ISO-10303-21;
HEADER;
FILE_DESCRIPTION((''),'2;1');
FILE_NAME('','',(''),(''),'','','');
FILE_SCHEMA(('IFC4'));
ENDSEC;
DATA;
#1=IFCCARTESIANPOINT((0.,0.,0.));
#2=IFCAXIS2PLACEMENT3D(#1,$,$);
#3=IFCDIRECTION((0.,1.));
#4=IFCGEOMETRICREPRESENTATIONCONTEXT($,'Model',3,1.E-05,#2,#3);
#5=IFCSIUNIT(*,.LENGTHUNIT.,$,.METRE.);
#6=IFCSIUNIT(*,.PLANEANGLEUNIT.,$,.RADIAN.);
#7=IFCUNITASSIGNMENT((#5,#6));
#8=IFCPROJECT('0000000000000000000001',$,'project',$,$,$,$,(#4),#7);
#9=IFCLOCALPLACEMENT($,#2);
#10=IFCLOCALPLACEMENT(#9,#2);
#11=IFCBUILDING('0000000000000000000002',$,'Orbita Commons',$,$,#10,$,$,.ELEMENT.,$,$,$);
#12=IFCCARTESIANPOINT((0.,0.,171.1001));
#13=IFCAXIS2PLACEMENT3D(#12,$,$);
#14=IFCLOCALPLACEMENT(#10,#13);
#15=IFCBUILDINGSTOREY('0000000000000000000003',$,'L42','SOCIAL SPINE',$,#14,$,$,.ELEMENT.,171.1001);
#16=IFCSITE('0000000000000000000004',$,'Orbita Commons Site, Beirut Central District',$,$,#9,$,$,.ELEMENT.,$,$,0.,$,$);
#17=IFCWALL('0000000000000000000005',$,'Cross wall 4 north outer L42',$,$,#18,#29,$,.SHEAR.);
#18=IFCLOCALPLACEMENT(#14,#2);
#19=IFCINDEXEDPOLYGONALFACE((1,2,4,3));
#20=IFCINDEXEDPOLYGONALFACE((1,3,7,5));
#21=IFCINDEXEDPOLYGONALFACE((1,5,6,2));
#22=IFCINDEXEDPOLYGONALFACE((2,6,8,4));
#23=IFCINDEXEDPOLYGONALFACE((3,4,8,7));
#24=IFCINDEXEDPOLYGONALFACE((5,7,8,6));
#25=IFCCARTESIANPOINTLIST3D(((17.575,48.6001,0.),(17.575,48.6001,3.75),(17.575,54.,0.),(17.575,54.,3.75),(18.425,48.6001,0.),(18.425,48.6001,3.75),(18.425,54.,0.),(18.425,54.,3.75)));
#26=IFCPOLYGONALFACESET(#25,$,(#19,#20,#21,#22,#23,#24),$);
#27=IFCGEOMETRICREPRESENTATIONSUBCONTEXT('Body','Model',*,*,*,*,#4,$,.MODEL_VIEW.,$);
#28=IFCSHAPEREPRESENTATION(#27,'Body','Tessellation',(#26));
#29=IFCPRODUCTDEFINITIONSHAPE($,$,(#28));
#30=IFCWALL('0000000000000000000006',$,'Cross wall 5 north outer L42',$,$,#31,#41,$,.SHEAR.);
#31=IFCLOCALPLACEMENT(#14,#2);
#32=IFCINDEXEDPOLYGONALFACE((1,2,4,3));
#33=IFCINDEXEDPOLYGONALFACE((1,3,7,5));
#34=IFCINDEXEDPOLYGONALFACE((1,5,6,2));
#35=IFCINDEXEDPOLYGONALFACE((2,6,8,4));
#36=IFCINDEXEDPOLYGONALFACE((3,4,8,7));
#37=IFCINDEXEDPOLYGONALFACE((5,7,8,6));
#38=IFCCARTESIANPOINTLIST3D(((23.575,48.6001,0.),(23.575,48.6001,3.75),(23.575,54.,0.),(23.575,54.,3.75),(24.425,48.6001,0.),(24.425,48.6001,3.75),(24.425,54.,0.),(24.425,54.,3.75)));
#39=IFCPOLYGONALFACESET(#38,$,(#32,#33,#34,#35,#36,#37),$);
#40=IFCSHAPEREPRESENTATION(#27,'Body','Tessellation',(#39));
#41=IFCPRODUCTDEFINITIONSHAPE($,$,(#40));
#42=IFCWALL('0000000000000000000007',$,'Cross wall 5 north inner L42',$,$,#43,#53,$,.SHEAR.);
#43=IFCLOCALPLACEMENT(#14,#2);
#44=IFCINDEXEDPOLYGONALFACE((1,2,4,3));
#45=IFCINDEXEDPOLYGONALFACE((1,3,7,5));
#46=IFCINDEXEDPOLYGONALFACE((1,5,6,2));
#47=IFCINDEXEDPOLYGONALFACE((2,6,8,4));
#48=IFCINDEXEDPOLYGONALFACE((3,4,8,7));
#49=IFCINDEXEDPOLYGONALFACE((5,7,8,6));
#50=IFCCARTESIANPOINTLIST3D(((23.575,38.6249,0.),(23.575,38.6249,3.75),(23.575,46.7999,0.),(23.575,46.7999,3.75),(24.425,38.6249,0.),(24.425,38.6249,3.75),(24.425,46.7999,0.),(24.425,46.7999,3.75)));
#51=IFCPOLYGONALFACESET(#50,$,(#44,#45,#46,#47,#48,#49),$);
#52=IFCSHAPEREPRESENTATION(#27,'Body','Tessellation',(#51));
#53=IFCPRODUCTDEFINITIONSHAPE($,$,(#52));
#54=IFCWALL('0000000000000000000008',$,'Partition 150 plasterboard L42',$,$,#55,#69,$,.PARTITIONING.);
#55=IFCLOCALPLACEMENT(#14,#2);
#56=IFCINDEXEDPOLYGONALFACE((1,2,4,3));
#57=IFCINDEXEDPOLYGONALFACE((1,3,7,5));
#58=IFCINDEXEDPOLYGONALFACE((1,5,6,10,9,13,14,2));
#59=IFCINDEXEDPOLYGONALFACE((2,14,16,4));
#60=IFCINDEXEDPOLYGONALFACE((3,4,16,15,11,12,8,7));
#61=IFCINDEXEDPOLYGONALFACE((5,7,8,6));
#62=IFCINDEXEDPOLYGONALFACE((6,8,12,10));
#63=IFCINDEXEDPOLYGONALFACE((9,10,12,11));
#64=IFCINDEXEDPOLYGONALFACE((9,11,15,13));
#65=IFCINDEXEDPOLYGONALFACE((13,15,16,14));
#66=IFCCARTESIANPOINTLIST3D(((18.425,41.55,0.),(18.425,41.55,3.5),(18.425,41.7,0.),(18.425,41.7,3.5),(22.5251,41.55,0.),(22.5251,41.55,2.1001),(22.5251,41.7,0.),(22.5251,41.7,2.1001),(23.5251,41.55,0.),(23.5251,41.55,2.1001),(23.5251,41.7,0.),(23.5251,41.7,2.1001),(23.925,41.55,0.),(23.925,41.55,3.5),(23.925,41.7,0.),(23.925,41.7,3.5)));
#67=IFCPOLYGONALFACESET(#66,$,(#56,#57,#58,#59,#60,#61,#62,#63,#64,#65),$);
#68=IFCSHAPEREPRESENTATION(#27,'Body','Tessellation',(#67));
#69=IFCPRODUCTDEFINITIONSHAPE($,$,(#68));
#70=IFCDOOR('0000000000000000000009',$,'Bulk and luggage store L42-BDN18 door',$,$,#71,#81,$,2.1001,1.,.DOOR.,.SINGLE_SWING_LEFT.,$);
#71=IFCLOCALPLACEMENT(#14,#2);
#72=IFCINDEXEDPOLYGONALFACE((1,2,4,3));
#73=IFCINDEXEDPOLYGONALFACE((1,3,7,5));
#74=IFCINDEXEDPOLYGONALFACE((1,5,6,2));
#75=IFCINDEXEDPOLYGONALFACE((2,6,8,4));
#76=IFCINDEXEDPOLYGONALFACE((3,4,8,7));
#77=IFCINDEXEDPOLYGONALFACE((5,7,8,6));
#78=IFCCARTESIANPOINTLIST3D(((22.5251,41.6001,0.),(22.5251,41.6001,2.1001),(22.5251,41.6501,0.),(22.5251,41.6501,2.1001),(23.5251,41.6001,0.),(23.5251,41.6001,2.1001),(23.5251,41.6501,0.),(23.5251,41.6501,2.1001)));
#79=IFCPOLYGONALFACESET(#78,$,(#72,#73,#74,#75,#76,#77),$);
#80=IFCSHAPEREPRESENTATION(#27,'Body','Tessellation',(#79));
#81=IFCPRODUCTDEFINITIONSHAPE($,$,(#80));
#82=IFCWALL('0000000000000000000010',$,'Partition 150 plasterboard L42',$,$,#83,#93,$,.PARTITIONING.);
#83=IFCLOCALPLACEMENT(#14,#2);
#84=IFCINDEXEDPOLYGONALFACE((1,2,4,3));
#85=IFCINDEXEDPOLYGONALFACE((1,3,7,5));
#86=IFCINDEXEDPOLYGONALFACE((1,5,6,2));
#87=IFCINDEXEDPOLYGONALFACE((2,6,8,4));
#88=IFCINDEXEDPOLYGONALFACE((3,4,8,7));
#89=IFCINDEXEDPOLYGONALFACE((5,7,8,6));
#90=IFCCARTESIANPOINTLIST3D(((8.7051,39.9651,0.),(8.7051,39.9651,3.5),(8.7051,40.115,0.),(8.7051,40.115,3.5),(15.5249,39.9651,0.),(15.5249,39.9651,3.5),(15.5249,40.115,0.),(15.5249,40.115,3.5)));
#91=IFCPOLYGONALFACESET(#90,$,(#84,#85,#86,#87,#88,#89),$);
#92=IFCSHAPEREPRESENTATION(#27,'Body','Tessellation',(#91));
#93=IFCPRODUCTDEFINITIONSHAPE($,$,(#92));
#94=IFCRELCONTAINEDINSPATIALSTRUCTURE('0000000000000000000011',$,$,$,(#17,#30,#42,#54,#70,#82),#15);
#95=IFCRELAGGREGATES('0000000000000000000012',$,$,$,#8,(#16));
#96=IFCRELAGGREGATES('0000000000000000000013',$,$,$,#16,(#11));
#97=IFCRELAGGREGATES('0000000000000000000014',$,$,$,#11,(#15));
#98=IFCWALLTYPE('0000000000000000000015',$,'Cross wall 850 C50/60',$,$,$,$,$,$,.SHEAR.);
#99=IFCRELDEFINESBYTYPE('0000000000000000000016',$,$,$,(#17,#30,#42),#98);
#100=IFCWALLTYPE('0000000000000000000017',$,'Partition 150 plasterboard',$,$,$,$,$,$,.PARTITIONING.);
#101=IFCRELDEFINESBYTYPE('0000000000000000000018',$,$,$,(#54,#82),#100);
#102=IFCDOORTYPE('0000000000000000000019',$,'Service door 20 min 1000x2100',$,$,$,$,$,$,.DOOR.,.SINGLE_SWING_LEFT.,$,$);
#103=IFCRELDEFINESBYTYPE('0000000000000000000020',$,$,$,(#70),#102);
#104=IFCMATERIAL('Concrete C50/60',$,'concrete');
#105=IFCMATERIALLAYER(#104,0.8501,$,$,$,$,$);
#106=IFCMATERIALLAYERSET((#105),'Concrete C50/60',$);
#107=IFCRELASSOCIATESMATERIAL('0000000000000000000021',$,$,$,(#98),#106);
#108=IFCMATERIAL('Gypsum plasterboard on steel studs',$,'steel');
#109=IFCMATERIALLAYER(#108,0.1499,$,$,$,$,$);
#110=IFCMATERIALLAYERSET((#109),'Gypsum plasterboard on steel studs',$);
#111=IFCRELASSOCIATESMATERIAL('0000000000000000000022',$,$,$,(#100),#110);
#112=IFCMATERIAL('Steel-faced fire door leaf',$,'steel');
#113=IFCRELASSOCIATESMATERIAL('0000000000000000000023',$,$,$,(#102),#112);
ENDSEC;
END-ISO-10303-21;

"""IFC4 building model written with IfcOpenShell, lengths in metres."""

from ifc_helpers import new_model, si_unit, direction, frame, frame_2d, origin, place, context, subcontext, project, spatial, rectangle, extrude, material, layer, layer_set, type_object, element, fill, save


model = new_model("IFC4")

# Units and contexts
model_context = context("Model", 3, precision=1e-05, world=origin(), true_north=direction((0.0, 1.0)))
body_context = subcontext(model_context, "Body", "Model", "MODEL_VIEW")
ifc_project = project(units=[si_unit("LENGTHUNIT", "METRE"), si_unit("PLANEANGLEUNIT", "RADIAN")], contexts=[model_context])

# Site, building, storey
site_placement = place(None, origin())
site = spatial("IfcSite", under=ifc_project, at=site_placement, Name="Orbita Commons Site, Beirut Central District", CompositionType="ELEMENT", RefElevation=0.0)
building_placement = place(site_placement, origin())
building = spatial("IfcBuilding", under=site, at=building_placement, Name="Orbita Commons", CompositionType="ELEMENT")
storey_placement = place(building_placement, frame((0.0, 0.0, 171.1001)))
storey = spatial("IfcBuildingStorey", under=building, at=storey_placement, Name="L42", Description="SOCIAL SPINE", CompositionType="ELEMENT", Elevation=171.1001)

# Walls
ifc_material_1 = material(Name="Concrete C50/60", Category="concrete")
ifc_layer_1 = layer(ifc_material_1, 0.8501)
ifc_layer_set_1 = layer_set([ifc_layer_1], Name="Concrete C50/60")
wall_type_1 = type_object("IfcWallType", Name="Cross wall 850 C50/60", PredefinedType="SHEAR", material=ifc_layer_set_1)
for number, where, z_axis, x_axis, name in (
    (1, (18.0, 48.6001, 0.0), (0.0, 0.0, 1.0), (0.0, 1.0, 0.0), "Cross wall 4 north outer L42"),
    (2, (24.0, 48.6001, 0.0), (0.0, 0.0, 1.0), (0.0, 1.0, 0.0), "Cross wall 5 north outer L42"),
):
    element("IfcWall", number, at=place(storey_placement, frame(where, z_axis=z_axis, x_axis=x_axis)), inside=storey, type_object=wall_type_1, Name=name, PredefinedType="SHEAR", context=body_context, shape_type="SweptSolid", body=[
        extrude(rectangle(XDim=5.3999, YDim=0.8501, at=frame_2d((2.7, 0.0))), origin(), (0.0, 0.0, 1.0), 3.75),
    ])
wall_1_placement = place(storey_placement, frame((24.0, 38.625, 0.0), z_axis=(0.0, 0.0, 1.0), x_axis=(0.0, 1.0, 0.0)))
element("IfcWall", 3, at=wall_1_placement, inside=storey, type_object=wall_type_1, Name="Cross wall 5 north inner L42", PredefinedType="SHEAR", context=body_context, shape_type="SweptSolid", body=[
    extrude(rectangle(XDim=8.175, YDim=0.8501, at=frame_2d((4.0874, 0.0))), origin(), (0.0, 0.0, 1.0), 3.75),
])

# Wall, opening, door
ifc_material_2 = material(Name="Gypsum plasterboard on steel studs", Category="steel")
ifc_layer_2 = layer(ifc_material_2, 0.1499)
ifc_layer_set_2 = layer_set([ifc_layer_2], Name="Gypsum plasterboard on steel studs")
wall_type_2 = type_object("IfcWallType", Name="Partition 150 plasterboard", PredefinedType="PARTITIONING", material=ifc_layer_set_2)
wall_2_placement = place(storey_placement, frame((23.925, 41.625, 0.0), z_axis=(0.0, 0.0, 1.0), x_axis=(-1.0, 0.0, 0.0)))
wall_2 = element("IfcWall", 4, at=wall_2_placement, inside=storey, type_object=wall_type_2, Name="Partition 150 plasterboard L42", PredefinedType="PARTITIONING", context=body_context, shape_type="SweptSolid", body=[
    extrude(rectangle(XDim=5.5, YDim=0.1499, at=frame_2d((2.75, 0.0))), origin(), (0.0, 0.0, 1.0), 3.5),
])
opening_1_placement = place(wall_2_placement, frame((0.3999, 0.0, 0.0)))
opening_1 = element("IfcOpeningElement", 5, at=opening_1_placement, cuts=wall_2, PredefinedType="OPENING", context=body_context, shape_type="SweptSolid", body=[
    extrude(rectangle(XDim=1.0, YDim=2.1001, at=frame_2d((0.5, 1.05))), frame((0.0, 0.085, 0.0), z_axis=(0.0, -1.0, 0.0), x_axis=(1.0, 0.0, 0.0)), (0.0, 0.0, 1.0), 0.1699),
])
ifc_material_3 = material(Name="Steel-faced fire door leaf", Category="steel")
door_type_1 = type_object("IfcDoorType", Name="Service door 20 min 1000x2100", OperationType="SINGLE_SWING_LEFT", PredefinedType="DOOR", material=ifc_material_3)
door_1_placement = place(opening_1_placement, origin())
door_1 = element("IfcDoor", 6, at=door_1_placement, inside=storey, type_object=door_type_1, Name="Bulk and luggage store L42-BDN18 door", OperationType="SINGLE_SWING_LEFT", OverallHeight=2.1001, OverallWidth=1.0, PredefinedType="DOOR", context=body_context, shape_type="SweptSolid", body=[
    extrude(rectangle(XDim=1.0, YDim=2.1001, at=frame_2d((0.5, 1.05))), frame((0.0, 0.0249, 0.0), z_axis=(0.0, -1.0, 0.0), x_axis=(1.0, 0.0, 0.0)), (0.0, 0.0, 1.0), 0.05),
])
fill(opening_1, door_1)

# Wall
wall_3_placement = place(storey_placement, frame((8.7051, 40.04, 0.0), z_axis=(0.0, 0.0, 1.0), x_axis=(1.0, 0.0, 0.0)))
element("IfcWall", 7, at=wall_3_placement, inside=storey, type_object=wall_type_2, Name="Partition 150 plasterboard L42", PredefinedType="PARTITIONING", context=body_context, shape_type="SweptSolid", body=[
    extrude(rectangle(XDim=6.8198, YDim=0.1499, at=frame_2d((3.4099, 0.0))), origin(), (0.0, 0.0, 1.0), 3.5),
])

save(model, "model.ifc")
